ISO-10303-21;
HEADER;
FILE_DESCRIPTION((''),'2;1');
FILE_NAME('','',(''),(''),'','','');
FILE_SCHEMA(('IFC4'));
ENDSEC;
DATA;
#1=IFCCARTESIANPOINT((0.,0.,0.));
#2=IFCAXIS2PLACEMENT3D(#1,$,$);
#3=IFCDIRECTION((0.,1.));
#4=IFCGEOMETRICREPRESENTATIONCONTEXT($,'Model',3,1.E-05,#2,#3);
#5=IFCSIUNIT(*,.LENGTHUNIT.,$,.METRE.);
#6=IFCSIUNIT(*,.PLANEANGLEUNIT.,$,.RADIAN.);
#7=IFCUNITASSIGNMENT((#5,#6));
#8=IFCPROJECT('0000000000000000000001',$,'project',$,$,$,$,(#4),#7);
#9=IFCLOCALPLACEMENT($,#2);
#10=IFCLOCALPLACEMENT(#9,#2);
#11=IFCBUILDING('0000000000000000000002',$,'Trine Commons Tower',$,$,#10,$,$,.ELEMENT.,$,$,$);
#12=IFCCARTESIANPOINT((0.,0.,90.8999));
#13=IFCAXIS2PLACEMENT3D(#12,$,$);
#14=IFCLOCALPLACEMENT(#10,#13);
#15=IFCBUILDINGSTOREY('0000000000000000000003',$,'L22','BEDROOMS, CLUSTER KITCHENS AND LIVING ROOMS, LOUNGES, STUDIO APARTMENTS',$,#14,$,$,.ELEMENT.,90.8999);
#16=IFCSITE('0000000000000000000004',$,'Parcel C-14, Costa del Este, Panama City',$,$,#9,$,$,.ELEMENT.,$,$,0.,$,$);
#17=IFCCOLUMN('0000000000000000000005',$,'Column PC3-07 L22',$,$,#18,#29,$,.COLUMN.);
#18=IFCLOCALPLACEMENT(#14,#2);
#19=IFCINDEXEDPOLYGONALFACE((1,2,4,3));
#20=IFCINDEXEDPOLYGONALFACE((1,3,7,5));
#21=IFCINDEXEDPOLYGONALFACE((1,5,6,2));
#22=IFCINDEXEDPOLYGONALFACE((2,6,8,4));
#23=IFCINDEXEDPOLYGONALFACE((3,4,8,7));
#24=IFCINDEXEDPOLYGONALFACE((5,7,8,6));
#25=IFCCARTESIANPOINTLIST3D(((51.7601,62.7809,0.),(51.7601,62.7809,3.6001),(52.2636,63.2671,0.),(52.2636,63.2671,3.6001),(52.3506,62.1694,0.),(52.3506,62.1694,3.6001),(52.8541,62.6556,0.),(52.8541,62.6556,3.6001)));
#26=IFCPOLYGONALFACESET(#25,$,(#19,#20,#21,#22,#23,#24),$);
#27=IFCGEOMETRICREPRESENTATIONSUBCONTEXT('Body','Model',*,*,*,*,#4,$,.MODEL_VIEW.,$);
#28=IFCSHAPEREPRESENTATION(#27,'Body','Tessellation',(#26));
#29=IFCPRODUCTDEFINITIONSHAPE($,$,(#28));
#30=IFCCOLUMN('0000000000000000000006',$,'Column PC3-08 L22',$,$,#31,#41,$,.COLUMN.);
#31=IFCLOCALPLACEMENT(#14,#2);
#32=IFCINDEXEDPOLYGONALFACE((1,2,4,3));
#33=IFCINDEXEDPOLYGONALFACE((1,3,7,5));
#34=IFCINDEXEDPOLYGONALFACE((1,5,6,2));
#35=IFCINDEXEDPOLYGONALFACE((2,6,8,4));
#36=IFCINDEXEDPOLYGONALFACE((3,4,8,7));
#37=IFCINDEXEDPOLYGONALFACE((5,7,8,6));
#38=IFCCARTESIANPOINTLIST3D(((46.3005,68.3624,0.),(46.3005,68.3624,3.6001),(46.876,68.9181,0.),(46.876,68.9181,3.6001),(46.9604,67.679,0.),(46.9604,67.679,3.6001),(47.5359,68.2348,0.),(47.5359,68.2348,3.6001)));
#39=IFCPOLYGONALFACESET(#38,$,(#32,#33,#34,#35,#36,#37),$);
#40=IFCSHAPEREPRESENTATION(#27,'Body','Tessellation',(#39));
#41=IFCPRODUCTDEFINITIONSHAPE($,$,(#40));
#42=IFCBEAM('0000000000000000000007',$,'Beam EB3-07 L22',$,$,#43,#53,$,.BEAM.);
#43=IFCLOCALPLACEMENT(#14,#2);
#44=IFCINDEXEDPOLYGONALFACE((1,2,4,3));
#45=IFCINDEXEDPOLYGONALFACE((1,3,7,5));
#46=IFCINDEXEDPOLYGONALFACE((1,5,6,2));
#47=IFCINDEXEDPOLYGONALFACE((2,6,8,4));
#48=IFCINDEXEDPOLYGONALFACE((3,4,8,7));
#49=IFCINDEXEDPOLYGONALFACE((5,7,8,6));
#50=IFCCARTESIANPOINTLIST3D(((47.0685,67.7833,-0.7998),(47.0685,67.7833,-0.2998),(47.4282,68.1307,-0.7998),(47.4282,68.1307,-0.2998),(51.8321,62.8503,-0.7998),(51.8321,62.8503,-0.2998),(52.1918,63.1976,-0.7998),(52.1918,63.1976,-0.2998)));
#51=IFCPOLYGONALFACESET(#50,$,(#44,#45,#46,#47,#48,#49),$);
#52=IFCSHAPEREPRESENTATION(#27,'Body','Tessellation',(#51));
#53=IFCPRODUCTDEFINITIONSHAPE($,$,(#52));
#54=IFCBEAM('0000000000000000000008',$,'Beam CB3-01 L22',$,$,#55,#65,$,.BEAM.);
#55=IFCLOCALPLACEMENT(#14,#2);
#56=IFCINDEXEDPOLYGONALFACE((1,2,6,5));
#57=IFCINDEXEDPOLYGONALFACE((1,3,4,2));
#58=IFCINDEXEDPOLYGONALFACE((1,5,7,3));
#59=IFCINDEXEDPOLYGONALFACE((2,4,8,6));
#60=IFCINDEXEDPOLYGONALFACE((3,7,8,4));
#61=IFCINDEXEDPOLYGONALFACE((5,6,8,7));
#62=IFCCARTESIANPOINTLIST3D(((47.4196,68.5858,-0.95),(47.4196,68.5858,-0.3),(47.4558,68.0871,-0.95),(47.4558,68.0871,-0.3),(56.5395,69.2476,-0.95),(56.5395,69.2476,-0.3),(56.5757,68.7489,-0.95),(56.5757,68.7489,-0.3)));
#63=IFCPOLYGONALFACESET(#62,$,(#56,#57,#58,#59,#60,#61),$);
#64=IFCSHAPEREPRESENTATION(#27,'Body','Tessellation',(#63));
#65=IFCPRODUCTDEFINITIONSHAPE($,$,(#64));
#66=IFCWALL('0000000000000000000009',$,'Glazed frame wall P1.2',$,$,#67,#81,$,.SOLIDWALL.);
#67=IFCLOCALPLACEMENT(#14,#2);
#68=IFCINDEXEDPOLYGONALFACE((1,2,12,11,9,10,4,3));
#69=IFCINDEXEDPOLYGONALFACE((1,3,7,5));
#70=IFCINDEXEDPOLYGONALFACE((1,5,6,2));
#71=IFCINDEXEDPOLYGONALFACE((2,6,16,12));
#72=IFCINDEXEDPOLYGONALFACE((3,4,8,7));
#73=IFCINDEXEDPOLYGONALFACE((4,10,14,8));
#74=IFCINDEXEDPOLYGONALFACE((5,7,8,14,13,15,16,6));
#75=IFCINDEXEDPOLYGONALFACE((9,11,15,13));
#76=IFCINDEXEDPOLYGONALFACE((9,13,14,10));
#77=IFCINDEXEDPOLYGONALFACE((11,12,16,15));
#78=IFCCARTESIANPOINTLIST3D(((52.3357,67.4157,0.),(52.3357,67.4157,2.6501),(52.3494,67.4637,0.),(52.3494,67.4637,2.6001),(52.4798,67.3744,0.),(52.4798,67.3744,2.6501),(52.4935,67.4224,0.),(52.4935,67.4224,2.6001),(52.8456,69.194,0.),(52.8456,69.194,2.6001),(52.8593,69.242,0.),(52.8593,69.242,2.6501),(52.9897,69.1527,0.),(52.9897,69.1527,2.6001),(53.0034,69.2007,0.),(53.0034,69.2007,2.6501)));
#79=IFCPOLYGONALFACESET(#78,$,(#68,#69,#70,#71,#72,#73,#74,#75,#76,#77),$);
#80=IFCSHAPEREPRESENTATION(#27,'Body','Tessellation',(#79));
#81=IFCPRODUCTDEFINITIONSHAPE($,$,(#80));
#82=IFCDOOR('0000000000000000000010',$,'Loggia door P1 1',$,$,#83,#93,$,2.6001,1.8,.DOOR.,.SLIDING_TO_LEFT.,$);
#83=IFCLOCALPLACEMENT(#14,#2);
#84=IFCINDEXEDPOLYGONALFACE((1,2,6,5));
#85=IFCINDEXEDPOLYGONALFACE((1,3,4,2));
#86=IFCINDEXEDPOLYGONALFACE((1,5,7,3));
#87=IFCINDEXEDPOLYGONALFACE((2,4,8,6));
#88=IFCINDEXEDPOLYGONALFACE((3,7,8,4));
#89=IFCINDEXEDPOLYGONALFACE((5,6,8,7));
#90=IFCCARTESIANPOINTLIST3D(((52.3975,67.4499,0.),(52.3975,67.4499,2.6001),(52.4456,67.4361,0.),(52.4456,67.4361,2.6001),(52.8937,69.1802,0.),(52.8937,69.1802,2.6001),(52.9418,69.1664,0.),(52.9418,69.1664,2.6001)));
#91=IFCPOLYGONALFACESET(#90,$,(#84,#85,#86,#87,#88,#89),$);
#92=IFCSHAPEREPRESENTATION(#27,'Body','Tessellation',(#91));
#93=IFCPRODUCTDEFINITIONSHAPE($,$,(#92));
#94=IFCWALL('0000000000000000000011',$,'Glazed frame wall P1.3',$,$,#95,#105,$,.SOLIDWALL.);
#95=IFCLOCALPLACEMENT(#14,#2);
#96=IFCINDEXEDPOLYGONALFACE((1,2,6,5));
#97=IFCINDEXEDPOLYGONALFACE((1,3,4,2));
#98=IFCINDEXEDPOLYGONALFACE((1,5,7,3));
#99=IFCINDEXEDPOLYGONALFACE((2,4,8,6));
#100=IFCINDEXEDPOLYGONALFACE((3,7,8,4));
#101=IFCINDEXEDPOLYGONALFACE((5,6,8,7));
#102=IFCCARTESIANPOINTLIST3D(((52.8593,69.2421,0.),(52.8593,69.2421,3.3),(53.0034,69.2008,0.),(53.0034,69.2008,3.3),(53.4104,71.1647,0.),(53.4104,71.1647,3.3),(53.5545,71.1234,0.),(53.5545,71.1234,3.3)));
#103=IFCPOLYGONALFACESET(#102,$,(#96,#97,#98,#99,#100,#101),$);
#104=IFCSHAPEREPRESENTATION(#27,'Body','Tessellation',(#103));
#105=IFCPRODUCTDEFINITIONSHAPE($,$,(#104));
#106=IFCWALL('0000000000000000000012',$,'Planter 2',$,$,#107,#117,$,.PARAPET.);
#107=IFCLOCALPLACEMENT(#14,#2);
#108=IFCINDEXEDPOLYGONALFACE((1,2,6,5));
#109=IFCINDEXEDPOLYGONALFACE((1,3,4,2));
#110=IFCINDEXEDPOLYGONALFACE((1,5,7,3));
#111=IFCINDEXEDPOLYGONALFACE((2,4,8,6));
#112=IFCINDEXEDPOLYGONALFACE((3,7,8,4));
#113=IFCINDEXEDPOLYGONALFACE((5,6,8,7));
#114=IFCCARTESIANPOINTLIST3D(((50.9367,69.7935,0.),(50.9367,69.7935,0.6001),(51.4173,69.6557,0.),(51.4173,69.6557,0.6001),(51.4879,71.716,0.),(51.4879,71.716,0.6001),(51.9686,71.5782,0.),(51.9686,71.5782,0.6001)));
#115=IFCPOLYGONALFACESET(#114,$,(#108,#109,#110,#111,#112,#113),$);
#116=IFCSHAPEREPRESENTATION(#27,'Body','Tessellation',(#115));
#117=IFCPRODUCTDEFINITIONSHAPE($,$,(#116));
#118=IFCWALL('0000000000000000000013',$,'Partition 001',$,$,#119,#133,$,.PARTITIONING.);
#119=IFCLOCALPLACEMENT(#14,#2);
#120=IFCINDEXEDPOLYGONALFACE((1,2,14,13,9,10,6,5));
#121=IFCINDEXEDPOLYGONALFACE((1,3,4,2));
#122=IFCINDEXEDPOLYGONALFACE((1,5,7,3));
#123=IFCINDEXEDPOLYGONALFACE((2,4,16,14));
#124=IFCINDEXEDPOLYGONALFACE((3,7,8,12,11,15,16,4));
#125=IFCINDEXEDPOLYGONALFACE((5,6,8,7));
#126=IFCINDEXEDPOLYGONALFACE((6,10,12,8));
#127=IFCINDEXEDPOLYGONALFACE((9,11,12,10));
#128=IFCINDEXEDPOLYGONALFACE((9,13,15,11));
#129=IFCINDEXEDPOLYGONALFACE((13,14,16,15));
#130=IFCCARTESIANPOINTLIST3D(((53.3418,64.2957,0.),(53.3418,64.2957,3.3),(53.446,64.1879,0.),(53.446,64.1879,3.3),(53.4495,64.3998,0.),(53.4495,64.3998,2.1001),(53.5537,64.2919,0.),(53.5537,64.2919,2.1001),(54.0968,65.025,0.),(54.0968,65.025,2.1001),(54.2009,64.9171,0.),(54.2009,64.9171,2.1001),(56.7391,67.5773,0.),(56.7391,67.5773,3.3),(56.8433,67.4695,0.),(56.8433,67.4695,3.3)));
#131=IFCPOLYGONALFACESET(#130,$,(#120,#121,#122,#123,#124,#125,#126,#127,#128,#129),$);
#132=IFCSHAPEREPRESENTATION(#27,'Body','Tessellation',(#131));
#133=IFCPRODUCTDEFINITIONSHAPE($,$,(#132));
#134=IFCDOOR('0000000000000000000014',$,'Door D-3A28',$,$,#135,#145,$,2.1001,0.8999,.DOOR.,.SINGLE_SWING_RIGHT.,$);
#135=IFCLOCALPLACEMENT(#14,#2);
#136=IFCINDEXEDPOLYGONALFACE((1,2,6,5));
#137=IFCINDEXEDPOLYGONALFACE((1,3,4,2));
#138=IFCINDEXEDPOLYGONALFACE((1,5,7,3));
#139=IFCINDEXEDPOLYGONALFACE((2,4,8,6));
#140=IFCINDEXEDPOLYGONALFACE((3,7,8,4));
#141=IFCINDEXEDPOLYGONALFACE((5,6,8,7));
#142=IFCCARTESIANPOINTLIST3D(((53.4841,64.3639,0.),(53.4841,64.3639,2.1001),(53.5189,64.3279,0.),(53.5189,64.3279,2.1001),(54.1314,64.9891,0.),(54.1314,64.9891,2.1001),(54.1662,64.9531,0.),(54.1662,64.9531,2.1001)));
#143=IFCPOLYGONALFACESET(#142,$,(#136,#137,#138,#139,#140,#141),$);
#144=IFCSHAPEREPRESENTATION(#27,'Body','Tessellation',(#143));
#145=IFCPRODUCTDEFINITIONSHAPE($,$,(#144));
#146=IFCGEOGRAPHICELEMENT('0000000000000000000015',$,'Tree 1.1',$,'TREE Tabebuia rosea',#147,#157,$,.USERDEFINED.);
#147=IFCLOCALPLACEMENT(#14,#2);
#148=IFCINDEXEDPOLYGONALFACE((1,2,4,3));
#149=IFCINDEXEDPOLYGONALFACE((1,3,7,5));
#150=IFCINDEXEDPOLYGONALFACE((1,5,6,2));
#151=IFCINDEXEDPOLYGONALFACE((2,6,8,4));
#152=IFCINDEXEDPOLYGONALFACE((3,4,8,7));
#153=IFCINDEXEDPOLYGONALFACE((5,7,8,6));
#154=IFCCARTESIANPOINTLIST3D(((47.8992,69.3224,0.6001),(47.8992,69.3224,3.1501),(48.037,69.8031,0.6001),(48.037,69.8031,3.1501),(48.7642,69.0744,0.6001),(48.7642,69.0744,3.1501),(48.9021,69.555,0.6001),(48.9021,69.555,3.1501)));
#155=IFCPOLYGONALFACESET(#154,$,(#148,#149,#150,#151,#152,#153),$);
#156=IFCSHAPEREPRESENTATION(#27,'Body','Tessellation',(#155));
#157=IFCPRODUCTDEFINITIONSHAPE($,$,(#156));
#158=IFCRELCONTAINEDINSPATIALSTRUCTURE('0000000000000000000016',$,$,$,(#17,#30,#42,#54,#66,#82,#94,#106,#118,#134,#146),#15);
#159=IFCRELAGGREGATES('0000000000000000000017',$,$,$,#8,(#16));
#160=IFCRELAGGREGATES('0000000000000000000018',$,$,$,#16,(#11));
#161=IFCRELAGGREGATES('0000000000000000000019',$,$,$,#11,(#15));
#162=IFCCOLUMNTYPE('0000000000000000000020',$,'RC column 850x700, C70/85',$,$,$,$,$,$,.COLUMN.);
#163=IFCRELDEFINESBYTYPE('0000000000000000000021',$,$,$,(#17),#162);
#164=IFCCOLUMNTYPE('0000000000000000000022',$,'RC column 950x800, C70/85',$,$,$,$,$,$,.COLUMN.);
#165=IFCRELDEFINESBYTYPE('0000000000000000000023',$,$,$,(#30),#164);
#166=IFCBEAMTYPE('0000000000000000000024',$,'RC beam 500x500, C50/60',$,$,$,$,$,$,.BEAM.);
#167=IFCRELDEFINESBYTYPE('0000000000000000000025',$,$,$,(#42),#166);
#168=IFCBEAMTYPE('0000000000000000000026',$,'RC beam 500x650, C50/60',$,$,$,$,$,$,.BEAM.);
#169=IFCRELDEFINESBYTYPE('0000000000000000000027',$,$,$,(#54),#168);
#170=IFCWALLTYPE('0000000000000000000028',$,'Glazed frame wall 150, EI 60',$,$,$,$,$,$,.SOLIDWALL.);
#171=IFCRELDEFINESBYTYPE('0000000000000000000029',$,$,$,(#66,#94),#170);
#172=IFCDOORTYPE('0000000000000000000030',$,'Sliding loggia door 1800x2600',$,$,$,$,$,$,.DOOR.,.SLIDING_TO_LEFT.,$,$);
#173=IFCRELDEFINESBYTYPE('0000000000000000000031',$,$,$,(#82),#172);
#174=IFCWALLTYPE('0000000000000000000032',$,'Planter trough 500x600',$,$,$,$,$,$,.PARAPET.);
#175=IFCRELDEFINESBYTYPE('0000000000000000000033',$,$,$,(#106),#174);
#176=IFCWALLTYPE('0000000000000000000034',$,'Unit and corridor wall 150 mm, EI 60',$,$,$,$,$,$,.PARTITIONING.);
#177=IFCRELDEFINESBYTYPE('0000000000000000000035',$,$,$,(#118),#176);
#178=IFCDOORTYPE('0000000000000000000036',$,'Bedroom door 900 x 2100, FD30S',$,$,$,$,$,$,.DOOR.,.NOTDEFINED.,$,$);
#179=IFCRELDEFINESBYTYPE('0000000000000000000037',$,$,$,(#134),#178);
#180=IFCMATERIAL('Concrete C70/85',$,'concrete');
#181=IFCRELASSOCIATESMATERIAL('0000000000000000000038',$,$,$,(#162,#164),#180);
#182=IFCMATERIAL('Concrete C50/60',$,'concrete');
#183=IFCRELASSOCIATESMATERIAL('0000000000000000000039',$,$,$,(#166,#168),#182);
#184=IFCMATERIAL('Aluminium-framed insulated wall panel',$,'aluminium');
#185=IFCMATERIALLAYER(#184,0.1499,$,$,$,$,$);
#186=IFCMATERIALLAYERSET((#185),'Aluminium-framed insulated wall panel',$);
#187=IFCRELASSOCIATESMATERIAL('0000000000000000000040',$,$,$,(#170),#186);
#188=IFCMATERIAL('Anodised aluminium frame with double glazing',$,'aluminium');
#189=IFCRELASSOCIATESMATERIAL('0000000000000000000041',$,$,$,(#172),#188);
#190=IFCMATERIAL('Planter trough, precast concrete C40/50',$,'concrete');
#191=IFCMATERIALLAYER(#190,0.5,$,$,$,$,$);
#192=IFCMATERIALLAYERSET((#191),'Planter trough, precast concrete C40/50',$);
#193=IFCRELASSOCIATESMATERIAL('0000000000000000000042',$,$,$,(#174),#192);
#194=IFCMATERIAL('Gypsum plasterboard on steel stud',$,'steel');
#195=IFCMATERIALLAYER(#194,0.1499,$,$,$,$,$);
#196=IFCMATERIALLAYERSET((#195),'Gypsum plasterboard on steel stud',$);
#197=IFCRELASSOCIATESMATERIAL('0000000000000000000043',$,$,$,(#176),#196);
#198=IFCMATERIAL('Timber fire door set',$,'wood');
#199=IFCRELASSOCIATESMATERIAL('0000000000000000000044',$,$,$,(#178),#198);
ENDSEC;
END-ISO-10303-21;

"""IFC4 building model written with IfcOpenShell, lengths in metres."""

from ifc_helpers import new_model, si_unit, direction, frame, frame_2d, origin, origin_2d, place, context, subcontext, project, spatial, polyline, rectangle, outline, extrude, material, layer, layer_set, material_profile, profile_set, type_object, element, fill, save


model = new_model("IFC4")

# Units and contexts
model_context = context("Model", 3, precision=1e-05, world=origin(), true_north=direction((0.0, 1.0)))
body_context = subcontext(model_context, "Body", "Model", "MODEL_VIEW")
ifc_project = project(units=[si_unit("LENGTHUNIT", "METRE"), si_unit("PLANEANGLEUNIT", "RADIAN")], contexts=[model_context])

# Site, building, storey
site_placement = place(None, origin())
site = spatial("IfcSite", under=ifc_project, at=site_placement, Name="Parcel C-14, Costa del Este, Panama City", CompositionType="ELEMENT", RefElevation=0.0)
building_placement = place(site_placement, origin())
building = spatial("IfcBuilding", under=site, at=building_placement, Name="Trine Commons Tower", CompositionType="ELEMENT")
storey_placement = place(building_placement, frame((0.0, 0.0, 90.8999)))
storey = spatial("IfcBuildingStorey", under=building, at=storey_placement, Name="L22", Description="BEDROOMS, CLUSTER KITCHENS AND LIVING ROOMS, LOUNGES, STUDIO APARTMENTS", CompositionType="ELEMENT", Elevation=90.8999)

# Columns
ifc_material_1 = material(Name="Concrete C70/85", Category="concrete")
ifc_material_profile_1 = material_profile(ifc_material_1, rectangle(XDim=0.8501, YDim=0.7, at=origin_2d()), Name="RC 850x700")
ifc_profile_set_1 = profile_set([ifc_material_profile_1], Name="Concrete C70/85")
column_type_1 = type_object("IfcColumnType", Name="RC column 850x700, C70/85", PredefinedType="COLUMN", material=ifc_profile_set_1)
column_1_placement = place(storey_placement, frame((52.3071, 62.7183, 0.0), z_axis=(0.0, 0.0, 1.0), x_axis=(-0.694658, 0.71934, 0.0)))
element("IfcColumn", 1, at=column_1_placement, inside=storey, type_object=column_type_1, Name="Column PC3-07 L22", PredefinedType="COLUMN", context=body_context, shape_type="SweptSolid", body=[
    extrude(rectangle(XDim=0.8501, YDim=0.7, at=origin_2d()), origin(), (0.0, 0.0, 1.0), 3.6001),
])
ifc_material_profile_2 = material_profile(ifc_material_1, rectangle(XDim=0.95, YDim=0.8, at=origin_2d()), Name="RC 950x800")
ifc_profile_set_2 = profile_set([ifc_material_profile_2], Name="Concrete C70/85")
column_type_2 = type_object("IfcColumnType", Name="RC column 950x800, C70/85", PredefinedType="COLUMN", material=ifc_profile_set_2)
column_2_placement = place(storey_placement, frame((46.9182, 68.2986, 0.0), z_axis=(0.0, 0.0, 1.0), x_axis=(-0.694658, 0.71934, 0.0)))
element("IfcColumn", 2, at=column_2_placement, inside=storey, type_object=column_type_2, Name="Column PC3-08 L22", PredefinedType="COLUMN", context=body_context, shape_type="SweptSolid", body=[
    extrude(rectangle(XDim=0.95, YDim=0.8, at=origin_2d()), origin(), (0.0, 0.0, 1.0), 3.6001),
])

# Beams
ifc_material_2 = material(Name="Concrete C50/60", Category="concrete")
ifc_material_profile_3 = material_profile(ifc_material_2, rectangle(XDim=0.5, YDim=0.5, at=origin_2d()), Name="RC 500x500")
ifc_profile_set_3 = profile_set([ifc_material_profile_3], Name="Concrete C50/60")
beam_type_1 = type_object("IfcBeamType", Name="RC beam 500x500, C50/60", PredefinedType="BEAM", material=ifc_profile_set_3)
beam_1_placement = place(storey_placement, frame((52.012, 63.0239, -0.5498), z_axis=(-0.694645, 0.719352, 0.0), x_axis=(-0.719352, -0.694645, 0.0)))
element("IfcBeam", 3, at=beam_1_placement, inside=storey, type_object=beam_type_1, Name="Beam EB3-07 L22", PredefinedType="BEAM", context=body_context, shape_type="SweptSolid", body=[
    extrude(rectangle(XDim=0.5, YDim=0.5, at=origin_2d()), origin(), (0.0, 0.0, 1.0), 6.8577),
])
ifc_material_profile_4 = material_profile(ifc_material_2, rectangle(XDim=0.5, YDim=0.6499, at=origin_2d()), Name="RC 500x650")
ifc_profile_set_4 = profile_set([ifc_material_profile_4], Name="Concrete C50/60")
beam_type_2 = type_object("IfcBeamType", Name="RC beam 500x650, C50/60", PredefinedType="BEAM", material=ifc_profile_set_4)
beam_2_placement = place(storey_placement, frame((47.4377, 68.3364, -0.625), z_axis=(0.997377, 0.072384, 0.0), x_axis=(-0.072384, 0.997377, 0.0)))
element("IfcBeam", 4, at=beam_2_placement, inside=storey, type_object=beam_type_2, Name="Beam CB3-01 L22", PredefinedType="BEAM", context=body_context, shape_type="SweptSolid", body=[
    extrude(rectangle(XDim=0.5, YDim=0.6499, at=origin_2d()), origin(), (0.0, 0.0, 1.0), 9.1438),
])

# Shared definitions
ifc_material_3 = material(Name="Aluminium-framed insulated wall panel", Category="aluminium")
ifc_layer_1 = layer(ifc_material_3, 0.1499)
ifc_layer_set_1 = layer_set([ifc_layer_1], Name="Aluminium-framed insulated wall panel")
wall_type_1 = type_object("IfcWallType", Name="Glazed frame wall 150, EI 60", PredefinedType="SOLIDWALL", material=ifc_layer_set_1)

# Wall, opening, door
wall_1_placement = place(storey_placement, frame((52.4077, 67.395, 0.0), z_axis=(0.0, 0.0, 1.0), x_axis=(0.27562, 0.961267, 0.0)))
wall_1 = element("IfcWall", 5, at=wall_1_placement, inside=storey, type_object=wall_type_1, Name="Glazed frame wall P1.2", PredefinedType="SOLIDWALL", context=body_context, shape_type="SweptSolid", body=[
    extrude(outline(polyline([(0.0, -0.075), (1.8999, -0.075), (1.8999, 0.075), (0.0, 0.075), (0.0, -0.075)])), origin(), (0.0, 0.0, 1.0), 2.6501),
])
opening_1_placement = place(wall_1_placement, frame((0.05, 0.0, 0.0)))
opening_1 = element("IfcOpeningElement", 6, at=opening_1_placement, cuts=wall_1, PredefinedType="OPENING", context=body_context, shape_type="SweptSolid", body=[
    extrude(rectangle(XDim=1.8, YDim=2.6001, at=frame_2d((0.8999, 1.3))), frame((0.0, 0.085, 0.0), z_axis=(0.0, -1.0, 0.0), x_axis=(1.0, 0.0, 0.0)), (0.0, 0.0, 1.0), 0.1699),
])
ifc_material_4 = material(Name="Anodised aluminium frame with double glazing", Category="aluminium")
door_type_1 = type_object("IfcDoorType", Name="Sliding loggia door 1800x2600", OperationType="SLIDING_TO_LEFT", PredefinedType="DOOR", material=ifc_material_4)
door_1_placement = place(opening_1_placement, origin())
door_1 = element("IfcDoor", 7, at=door_1_placement, inside=storey, type_object=door_type_1, Name="Loggia door P1 1", OperationType="SLIDING_TO_LEFT", OverallHeight=2.6001, OverallWidth=1.8, PredefinedType="DOOR", context=body_context, shape_type="SweptSolid", body=[
    extrude(rectangle(XDim=1.8, YDim=2.6001, at=frame_2d((0.8999, 1.3))), frame((0.0, 0.0249, 0.0), z_axis=(0.0, -1.0, 0.0), x_axis=(1.0, 0.0, 0.0)), (0.0, 0.0, 1.0), 0.05),
])
fill(opening_1, door_1)

# Walls
wall_2_placement = place(storey_placement, frame((52.9314, 69.2214, 0.0), z_axis=(0.0, 0.0, 1.0), x_axis=(0.275511, 0.961298, 0.0)))
element("IfcWall", 8, at=wall_2_placement, inside=storey, type_object=wall_type_1, Name="Glazed frame wall P1.3", PredefinedType="SOLIDWALL", context=body_context, shape_type="SweptSolid", body=[
    extrude(outline(polyline([(0.0, -0.075), (2.0, -0.075), (2.0, 0.075), (0.0, 0.075), (0.0, -0.075)])), origin(), (0.0, 0.0, 1.0), 3.3),
])
ifc_material_5 = material(Name="Planter trough, precast concrete C40/50", Category="concrete")
ifc_layer_2 = layer(ifc_material_5, 0.5)
ifc_layer_set_2 = layer_set([ifc_layer_2], Name="Planter trough, precast concrete C40/50")
wall_type_2 = type_object("IfcWallType", Name="Planter trough 500x600", PredefinedType="PARAPET", material=ifc_layer_set_2)
wall_3_placement = place(storey_placement, frame((51.177, 69.7246, 0.0), z_axis=(0.0, 0.0, 1.0), x_axis=(0.275624, 0.961266, 0.0)))
element("IfcWall", 9, at=wall_3_placement, inside=storey, type_object=wall_type_2, Name="Planter 2", PredefinedType="PARAPET", context=body_context, shape_type="SweptSolid", body=[
    extrude(rectangle(XDim=2.0, YDim=0.5, at=frame_2d((1.0, 0.0))), origin(), (0.0, 0.0, 1.0), 0.6001),
])

# Wall, opening, door
ifc_material_6 = material(Name="Gypsum plasterboard on steel stud", Category="steel")
ifc_layer_3 = layer(ifc_material_6, 0.1499)
ifc_layer_set_3 = layer_set([ifc_layer_3], Name="Gypsum plasterboard on steel stud")
wall_type_3 = type_object("IfcWallType", Name="Unit and corridor wall 150 mm, EI 60", PredefinedType="PARTITIONING", material=ifc_layer_set_3)
wall_4_placement = place(storey_placement, frame((53.3938, 64.2417, 0.0), z_axis=(0.0, 0.0, 1.0), x_axis=(0.719251, 0.69475, 0.0)))
wall_4 = element("IfcWall", 10, at=wall_4_placement, inside=storey, type_object=wall_type_3, Name="Partition 001", PredefinedType="PARTITIONING", context=body_context, shape_type="SweptSolid", body=[
    extrude(rectangle(XDim=4.7234, YDim=0.1499, at=frame_2d((2.3618, 0.0))), origin(), (0.0, 0.0, 1.0), 3.3),
])
opening_2_placement = place(wall_4_placement, frame((0.1499, 0.0, 0.0)))
opening_2 = element("IfcOpeningElement", 11, at=opening_2_placement, cuts=wall_4, PredefinedType="OPENING", context=body_context, shape_type="SweptSolid", body=[
    extrude(rectangle(XDim=0.8999, YDim=2.1001, at=frame_2d((0.45, 1.05))), frame((0.0, 0.085, 0.0), z_axis=(0.0, -1.0, 0.0), x_axis=(1.0, 0.0, 0.0)), (0.0, 0.0, 1.0), 0.1699),
])
ifc_material_7 = material(Name="Timber fire door set", Category="wood")
door_type_2 = type_object("IfcDoorType", Name="Bedroom door 900 x 2100, FD30S", OperationType="NOTDEFINED", PredefinedType="DOOR", material=ifc_material_7)
door_2_placement = place(opening_2_placement, frame((0.8999, 0.0, 0.0), z_axis=(0.0, 0.0, 1.0), x_axis=(-1.0, 0.0, 0.0)))
door_2 = element("IfcDoor", 12, at=door_2_placement, inside=storey, type_object=door_type_2, Name="Door D-3A28", OperationType="SINGLE_SWING_RIGHT", OverallHeight=2.1001, OverallWidth=0.8999, PredefinedType="DOOR", context=body_context, shape_type="SweptSolid", body=[
    extrude(rectangle(XDim=0.8999, YDim=2.1001, at=frame_2d((0.45, 1.05))), frame((0.0, 0.0249, 0.0), z_axis=(0.0, -1.0, 0.0), x_axis=(1.0, 0.0, 0.0)), (0.0, 0.0, 1.0), 0.05),
])
fill(opening_2, door_2)

# Geographic element
geographic_element_placement = place(storey_placement, frame((48.4006, 69.4387, 0.6001), z_axis=(0.0, 0.0, 1.0), x_axis=(0.961261, -0.275641, 0.0)))
element("IfcGeographicElement", 13, at=geographic_element_placement, inside=storey, Name="Tree 1.1", ObjectType="TREE Tabebuia rosea", PredefinedType="USERDEFINED", context=body_context, shape_type="SweptSolid", body=[
    extrude(rectangle(XDim=0.8999, YDim=0.5, at=origin_2d()), origin(), (0.0, 0.0, 1.0), 2.55),
])

save(model, "model.ifc")
